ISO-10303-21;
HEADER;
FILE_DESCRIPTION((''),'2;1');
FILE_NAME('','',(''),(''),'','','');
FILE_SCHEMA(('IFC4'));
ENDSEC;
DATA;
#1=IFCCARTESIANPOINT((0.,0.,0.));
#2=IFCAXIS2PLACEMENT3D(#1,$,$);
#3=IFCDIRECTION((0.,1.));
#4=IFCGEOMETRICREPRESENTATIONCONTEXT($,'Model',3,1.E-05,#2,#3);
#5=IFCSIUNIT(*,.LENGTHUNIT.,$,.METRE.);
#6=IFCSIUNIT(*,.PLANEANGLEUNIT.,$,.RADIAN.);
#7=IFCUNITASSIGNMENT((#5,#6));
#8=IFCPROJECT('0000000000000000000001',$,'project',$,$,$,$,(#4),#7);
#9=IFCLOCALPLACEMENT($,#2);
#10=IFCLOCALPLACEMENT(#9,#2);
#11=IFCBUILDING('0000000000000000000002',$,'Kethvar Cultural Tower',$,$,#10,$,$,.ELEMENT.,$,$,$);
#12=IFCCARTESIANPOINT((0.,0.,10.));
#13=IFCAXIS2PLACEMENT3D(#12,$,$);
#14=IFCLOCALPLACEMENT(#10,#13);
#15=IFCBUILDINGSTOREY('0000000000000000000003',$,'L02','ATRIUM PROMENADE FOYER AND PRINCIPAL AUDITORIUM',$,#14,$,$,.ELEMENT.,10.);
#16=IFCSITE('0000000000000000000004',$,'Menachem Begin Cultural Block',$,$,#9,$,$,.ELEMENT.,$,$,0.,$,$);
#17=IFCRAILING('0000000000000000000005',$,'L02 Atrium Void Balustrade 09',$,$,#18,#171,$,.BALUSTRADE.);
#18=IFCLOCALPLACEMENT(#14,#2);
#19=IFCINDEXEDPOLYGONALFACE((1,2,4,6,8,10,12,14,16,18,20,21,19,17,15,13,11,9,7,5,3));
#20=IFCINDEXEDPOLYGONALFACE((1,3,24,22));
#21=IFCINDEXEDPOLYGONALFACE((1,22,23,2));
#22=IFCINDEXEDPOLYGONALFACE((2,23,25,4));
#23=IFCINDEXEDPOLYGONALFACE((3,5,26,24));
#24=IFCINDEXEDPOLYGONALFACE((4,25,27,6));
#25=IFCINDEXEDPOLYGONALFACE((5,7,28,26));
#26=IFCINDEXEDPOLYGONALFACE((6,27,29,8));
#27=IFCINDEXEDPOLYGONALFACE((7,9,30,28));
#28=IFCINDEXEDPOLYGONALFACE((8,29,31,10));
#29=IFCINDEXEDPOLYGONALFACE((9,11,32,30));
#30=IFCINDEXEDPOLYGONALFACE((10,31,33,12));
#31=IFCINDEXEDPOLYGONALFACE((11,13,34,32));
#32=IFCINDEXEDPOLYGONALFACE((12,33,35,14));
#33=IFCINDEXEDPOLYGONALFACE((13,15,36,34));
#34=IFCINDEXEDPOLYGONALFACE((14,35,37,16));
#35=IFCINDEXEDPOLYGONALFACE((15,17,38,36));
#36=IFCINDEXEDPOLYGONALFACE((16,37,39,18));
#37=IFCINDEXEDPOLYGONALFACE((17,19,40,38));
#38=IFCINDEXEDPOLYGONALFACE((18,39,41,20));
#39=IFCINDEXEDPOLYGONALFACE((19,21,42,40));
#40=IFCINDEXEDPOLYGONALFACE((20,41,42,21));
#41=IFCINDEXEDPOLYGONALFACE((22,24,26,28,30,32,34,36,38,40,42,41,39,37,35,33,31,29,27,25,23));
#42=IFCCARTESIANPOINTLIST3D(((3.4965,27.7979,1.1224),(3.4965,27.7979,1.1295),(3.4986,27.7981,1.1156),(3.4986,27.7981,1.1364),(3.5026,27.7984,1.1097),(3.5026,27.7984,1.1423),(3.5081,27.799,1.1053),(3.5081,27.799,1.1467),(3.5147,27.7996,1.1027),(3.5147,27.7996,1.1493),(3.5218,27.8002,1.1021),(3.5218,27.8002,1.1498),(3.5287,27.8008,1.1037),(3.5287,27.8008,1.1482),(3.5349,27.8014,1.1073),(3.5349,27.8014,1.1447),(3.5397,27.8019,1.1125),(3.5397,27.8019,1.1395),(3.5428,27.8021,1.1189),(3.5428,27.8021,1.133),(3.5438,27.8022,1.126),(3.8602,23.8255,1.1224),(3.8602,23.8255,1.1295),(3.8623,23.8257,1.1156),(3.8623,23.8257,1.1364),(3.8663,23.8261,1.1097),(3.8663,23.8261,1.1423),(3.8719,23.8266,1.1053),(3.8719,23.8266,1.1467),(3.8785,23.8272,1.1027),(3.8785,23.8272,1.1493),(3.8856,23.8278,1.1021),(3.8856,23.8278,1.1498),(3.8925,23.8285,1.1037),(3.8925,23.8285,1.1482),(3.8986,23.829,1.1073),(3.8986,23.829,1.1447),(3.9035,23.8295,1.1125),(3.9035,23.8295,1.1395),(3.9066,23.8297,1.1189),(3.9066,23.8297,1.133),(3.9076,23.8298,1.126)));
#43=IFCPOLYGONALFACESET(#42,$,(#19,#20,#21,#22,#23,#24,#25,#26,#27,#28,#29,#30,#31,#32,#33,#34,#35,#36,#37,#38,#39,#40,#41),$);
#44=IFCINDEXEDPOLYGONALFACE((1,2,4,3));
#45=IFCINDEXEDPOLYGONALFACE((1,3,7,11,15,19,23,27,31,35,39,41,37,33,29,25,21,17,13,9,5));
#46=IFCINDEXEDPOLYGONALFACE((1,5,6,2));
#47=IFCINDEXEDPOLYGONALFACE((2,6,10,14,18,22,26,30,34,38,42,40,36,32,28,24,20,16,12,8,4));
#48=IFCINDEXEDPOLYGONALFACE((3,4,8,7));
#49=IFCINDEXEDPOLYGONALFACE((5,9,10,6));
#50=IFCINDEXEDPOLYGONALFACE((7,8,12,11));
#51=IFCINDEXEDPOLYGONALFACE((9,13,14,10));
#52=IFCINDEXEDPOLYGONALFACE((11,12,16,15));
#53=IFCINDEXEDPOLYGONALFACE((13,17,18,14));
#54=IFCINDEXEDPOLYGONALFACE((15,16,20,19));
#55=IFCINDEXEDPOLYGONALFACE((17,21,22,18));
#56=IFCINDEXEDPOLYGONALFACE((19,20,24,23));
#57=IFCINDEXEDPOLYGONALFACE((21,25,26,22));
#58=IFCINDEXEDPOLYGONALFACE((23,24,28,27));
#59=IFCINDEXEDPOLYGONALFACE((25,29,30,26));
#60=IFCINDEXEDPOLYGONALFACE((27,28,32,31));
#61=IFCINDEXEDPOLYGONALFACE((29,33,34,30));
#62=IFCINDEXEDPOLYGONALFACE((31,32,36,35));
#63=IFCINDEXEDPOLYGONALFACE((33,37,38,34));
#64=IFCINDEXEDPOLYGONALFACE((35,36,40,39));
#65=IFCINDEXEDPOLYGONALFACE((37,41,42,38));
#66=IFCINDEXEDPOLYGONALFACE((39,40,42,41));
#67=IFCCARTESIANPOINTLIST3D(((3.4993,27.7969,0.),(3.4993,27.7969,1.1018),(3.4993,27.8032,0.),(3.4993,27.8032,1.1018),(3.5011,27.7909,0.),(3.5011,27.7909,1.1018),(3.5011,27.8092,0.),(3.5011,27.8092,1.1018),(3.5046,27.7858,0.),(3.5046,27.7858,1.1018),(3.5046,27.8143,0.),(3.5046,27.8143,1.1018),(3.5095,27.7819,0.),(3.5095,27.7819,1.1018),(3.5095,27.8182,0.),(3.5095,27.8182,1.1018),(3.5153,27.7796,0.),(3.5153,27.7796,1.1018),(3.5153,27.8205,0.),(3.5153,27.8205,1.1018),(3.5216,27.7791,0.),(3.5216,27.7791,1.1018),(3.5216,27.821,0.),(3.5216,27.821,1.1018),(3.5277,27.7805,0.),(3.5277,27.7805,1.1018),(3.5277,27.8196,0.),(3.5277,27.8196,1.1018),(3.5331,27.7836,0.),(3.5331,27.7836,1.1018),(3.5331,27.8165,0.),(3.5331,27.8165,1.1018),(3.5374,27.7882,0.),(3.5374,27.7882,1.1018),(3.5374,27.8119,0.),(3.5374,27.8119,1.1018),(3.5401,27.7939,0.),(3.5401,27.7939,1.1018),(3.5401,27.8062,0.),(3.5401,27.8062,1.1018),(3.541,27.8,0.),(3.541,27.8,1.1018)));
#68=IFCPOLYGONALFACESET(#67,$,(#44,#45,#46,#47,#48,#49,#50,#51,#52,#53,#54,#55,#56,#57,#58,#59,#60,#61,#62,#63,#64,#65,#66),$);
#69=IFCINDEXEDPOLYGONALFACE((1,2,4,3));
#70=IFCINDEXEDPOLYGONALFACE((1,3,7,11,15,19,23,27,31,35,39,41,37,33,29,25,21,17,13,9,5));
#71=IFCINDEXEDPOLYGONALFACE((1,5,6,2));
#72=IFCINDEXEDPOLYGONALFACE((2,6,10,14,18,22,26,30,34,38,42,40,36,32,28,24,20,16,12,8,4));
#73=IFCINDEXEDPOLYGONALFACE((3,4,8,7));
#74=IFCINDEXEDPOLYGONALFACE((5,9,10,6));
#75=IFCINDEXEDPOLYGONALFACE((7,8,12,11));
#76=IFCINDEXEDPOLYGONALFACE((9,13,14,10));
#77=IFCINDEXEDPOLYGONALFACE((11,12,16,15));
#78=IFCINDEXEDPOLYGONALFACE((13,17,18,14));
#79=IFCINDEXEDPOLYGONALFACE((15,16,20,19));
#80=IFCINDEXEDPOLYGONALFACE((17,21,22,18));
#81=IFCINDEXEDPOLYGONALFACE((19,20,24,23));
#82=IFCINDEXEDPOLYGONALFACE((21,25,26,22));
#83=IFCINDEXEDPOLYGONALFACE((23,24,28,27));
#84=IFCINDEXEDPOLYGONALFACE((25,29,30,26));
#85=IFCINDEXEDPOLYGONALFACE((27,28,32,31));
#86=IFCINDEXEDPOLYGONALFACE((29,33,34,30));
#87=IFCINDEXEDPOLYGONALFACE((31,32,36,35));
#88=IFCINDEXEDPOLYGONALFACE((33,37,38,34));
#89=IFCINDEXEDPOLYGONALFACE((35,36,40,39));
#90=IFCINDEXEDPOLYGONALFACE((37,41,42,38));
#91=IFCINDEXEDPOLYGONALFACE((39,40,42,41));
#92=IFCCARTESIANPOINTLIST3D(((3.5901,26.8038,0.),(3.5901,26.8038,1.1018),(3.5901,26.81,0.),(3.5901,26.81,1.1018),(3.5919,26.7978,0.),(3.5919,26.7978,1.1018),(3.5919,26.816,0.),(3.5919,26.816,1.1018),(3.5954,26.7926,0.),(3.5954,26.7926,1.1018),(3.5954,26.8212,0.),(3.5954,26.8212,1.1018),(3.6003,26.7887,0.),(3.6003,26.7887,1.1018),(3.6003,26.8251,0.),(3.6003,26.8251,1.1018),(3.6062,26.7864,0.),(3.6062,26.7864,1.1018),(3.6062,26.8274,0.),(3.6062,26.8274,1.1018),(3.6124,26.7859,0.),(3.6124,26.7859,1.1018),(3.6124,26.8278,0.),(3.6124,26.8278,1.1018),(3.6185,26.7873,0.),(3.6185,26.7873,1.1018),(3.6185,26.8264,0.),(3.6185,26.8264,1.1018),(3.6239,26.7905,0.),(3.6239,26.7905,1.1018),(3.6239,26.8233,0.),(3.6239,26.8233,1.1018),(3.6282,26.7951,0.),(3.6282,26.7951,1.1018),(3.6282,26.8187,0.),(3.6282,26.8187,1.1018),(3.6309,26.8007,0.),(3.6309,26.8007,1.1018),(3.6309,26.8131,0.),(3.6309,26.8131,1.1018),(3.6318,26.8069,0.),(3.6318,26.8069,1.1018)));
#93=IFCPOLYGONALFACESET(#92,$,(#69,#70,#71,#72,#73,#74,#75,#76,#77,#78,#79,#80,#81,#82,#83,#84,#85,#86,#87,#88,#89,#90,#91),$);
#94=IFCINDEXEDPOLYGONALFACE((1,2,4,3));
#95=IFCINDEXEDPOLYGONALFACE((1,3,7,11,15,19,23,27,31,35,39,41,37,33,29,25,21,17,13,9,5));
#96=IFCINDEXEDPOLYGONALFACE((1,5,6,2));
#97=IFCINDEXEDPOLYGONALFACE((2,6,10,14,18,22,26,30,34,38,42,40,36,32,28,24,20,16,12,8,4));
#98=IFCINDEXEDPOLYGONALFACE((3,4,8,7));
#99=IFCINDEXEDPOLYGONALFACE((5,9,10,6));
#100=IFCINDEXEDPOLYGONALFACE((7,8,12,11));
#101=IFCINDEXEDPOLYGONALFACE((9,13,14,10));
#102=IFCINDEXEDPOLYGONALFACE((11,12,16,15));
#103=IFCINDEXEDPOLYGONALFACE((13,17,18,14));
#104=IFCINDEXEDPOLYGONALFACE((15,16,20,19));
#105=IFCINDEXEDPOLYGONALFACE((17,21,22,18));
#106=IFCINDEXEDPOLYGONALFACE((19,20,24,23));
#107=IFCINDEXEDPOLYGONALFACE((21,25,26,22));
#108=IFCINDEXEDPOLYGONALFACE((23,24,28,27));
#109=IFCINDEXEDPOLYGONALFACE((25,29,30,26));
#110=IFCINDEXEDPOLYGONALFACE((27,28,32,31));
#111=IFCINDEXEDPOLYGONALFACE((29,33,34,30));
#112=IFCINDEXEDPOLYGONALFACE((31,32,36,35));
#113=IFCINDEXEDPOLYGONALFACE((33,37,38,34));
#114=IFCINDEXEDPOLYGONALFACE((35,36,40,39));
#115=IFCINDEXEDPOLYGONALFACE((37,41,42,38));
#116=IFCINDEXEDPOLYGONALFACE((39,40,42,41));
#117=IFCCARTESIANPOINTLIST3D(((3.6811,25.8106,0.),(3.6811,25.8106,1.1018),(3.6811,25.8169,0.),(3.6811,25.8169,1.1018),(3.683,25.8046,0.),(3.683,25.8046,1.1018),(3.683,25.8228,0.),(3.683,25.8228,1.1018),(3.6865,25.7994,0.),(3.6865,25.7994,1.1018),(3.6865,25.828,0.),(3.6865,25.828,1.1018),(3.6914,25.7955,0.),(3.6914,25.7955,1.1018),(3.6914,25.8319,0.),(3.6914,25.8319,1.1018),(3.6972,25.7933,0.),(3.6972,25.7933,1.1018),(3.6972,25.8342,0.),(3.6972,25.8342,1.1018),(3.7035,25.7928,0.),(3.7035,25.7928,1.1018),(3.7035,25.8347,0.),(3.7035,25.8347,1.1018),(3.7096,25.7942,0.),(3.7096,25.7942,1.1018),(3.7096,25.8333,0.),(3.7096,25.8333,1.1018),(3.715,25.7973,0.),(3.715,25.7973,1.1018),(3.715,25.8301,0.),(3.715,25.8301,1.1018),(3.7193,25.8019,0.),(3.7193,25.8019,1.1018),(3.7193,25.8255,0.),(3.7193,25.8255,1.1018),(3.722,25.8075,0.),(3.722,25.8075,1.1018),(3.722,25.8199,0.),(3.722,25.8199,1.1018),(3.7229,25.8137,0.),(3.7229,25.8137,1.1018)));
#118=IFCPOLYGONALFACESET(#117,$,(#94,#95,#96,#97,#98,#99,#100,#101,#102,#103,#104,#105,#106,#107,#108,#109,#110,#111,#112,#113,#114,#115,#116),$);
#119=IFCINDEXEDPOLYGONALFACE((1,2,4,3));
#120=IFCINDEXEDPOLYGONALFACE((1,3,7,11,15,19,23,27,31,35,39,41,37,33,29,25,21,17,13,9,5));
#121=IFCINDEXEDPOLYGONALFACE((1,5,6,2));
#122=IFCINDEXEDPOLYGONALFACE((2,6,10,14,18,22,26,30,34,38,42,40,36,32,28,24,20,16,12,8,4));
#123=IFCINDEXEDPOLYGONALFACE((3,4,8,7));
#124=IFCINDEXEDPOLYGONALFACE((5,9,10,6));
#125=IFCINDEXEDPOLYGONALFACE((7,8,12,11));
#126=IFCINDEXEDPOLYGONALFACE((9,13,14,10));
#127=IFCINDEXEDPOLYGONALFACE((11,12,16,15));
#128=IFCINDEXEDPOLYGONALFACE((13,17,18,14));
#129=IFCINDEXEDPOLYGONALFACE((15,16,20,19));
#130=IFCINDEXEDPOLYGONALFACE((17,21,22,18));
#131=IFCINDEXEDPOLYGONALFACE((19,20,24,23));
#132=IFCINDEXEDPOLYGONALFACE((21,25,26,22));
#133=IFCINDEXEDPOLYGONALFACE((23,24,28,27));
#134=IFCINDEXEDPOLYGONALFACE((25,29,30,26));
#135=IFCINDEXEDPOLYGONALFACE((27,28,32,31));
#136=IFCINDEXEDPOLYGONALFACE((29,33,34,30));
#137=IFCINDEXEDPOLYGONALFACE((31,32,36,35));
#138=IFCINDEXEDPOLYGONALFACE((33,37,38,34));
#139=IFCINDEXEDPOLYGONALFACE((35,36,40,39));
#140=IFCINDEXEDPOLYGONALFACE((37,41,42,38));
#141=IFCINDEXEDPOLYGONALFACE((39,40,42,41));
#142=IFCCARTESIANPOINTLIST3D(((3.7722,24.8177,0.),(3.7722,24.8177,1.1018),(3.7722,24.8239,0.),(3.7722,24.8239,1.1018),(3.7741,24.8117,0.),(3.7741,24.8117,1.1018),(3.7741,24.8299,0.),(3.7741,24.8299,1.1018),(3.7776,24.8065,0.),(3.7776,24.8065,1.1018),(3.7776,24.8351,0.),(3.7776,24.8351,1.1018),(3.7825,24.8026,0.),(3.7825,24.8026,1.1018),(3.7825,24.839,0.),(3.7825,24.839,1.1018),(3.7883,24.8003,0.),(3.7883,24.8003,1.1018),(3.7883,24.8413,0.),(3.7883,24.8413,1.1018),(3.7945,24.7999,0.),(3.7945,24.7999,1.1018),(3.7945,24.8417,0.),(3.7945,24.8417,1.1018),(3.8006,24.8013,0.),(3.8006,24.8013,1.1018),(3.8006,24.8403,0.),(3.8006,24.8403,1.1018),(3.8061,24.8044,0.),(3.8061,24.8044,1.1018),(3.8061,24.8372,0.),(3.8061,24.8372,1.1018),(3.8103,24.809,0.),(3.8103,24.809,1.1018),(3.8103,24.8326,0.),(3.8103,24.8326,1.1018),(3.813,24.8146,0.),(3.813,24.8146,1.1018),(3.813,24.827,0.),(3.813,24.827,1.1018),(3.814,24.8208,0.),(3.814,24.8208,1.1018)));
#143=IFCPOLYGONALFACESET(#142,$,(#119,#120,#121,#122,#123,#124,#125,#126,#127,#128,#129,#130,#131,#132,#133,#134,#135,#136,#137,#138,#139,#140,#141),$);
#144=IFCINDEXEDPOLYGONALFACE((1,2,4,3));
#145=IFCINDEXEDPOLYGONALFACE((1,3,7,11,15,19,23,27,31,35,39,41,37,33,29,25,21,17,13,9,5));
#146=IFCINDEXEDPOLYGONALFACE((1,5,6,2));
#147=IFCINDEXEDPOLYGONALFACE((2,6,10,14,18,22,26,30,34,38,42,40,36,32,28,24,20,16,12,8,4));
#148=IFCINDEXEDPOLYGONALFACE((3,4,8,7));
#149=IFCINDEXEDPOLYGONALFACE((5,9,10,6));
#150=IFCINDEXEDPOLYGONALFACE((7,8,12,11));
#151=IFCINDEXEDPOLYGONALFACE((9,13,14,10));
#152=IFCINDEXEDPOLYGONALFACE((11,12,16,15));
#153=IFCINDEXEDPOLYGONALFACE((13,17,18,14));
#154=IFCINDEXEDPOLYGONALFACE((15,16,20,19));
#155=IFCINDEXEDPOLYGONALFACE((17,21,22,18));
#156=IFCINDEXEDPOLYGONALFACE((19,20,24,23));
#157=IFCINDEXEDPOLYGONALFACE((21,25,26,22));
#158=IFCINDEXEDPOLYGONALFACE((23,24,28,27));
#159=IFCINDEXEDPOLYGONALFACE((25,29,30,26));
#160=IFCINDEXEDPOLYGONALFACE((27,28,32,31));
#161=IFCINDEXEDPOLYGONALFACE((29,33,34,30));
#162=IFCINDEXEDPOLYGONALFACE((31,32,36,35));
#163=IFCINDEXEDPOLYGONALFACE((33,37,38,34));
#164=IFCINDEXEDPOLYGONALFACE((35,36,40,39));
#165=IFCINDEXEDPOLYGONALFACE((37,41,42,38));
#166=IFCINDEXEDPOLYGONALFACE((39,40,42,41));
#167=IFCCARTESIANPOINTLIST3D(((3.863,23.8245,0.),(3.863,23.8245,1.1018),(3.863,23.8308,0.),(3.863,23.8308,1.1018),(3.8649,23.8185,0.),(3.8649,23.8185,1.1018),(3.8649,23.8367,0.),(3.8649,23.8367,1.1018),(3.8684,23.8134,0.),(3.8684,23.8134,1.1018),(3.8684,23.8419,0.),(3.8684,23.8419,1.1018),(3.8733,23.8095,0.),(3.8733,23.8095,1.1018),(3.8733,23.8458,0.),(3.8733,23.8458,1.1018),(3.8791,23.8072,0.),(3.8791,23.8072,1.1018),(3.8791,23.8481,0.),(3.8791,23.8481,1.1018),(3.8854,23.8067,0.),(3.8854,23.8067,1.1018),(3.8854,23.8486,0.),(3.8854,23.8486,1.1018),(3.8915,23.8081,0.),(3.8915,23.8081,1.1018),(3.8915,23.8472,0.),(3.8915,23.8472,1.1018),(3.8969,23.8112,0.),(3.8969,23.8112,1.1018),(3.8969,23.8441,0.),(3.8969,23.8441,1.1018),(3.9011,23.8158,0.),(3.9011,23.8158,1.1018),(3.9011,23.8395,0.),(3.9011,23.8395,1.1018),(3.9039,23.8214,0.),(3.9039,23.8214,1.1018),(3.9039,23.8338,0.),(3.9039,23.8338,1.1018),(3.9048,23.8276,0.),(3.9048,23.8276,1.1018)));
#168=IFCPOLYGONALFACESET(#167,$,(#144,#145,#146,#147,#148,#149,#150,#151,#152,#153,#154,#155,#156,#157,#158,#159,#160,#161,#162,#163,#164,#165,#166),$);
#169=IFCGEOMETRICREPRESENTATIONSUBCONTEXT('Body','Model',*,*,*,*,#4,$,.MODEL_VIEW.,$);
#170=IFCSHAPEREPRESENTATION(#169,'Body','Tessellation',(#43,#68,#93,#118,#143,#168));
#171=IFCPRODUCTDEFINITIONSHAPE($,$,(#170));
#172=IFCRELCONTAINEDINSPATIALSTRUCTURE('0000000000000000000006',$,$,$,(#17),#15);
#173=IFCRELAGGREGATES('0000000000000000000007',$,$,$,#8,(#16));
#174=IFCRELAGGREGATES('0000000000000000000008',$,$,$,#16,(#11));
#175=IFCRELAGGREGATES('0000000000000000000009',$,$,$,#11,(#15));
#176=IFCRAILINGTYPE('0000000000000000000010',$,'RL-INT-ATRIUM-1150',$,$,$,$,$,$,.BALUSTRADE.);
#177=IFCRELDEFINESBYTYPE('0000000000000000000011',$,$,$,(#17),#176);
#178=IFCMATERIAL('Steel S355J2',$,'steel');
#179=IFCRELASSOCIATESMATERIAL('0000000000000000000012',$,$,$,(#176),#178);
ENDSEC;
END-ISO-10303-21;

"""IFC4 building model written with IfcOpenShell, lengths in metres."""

from ifc_helpers import new_model, si_unit, direction, frame, origin, origin_2d, place, context, subcontext, project, spatial, circle, extrude, material, type_object, element, save


model = new_model("IFC4")

# Units and contexts
model_context = context("Model", 3, precision=1e-05, world=origin(), true_north=direction((0.0, 1.0)))
body_context = subcontext(model_context, "Body", "Model", "MODEL_VIEW")
ifc_project = project(units=[si_unit("LENGTHUNIT", "METRE"), si_unit("PLANEANGLEUNIT", "RADIAN")], contexts=[model_context])

# Site, building, storey
site_placement = place(None, origin())
site = spatial("IfcSite", under=ifc_project, at=site_placement, Name="Menachem Begin Cultural Block", CompositionType="ELEMENT", RefElevation=0.0)
building_placement = place(site_placement, origin())
building = spatial("IfcBuilding", under=site, at=building_placement, Name="Kethvar Cultural Tower", CompositionType="ELEMENT")
storey_placement = place(building_placement, frame((0.0, 0.0, 10.0)))
storey = spatial("IfcBuildingStorey", under=building, at=storey_placement, Name="L02", Description="ATRIUM PROMENADE FOYER AND PRINCIPAL AUDITORIUM", CompositionType="ELEMENT", Elevation=10.0)

# Shared definitions
ifc_material_1 = material(Name="Steel S355J2", Category="steel")

# Railing
railing_type = type_object("IfcRailingType", Name="RL-INT-ATRIUM-1150", PredefinedType="BALUSTRADE", material=ifc_material_1)
railing_1_placement = place(storey_placement, frame((3.52, 27.8, 0.0)))
element("IfcRailing", 1, at=railing_1_placement, inside=storey, type_object=railing_type, Name="L02 Atrium Void Balustrade 09", PredefinedType="BALUSTRADE", context=body_context, shape_type="SweptSolid", body=[
    extrude(circle(Radius=0.0239, at=origin_2d()), frame((0.0, 0.0, 1.126), z_axis=(0.091192, -0.995833, 0.0), x_axis=(0.995833, 0.091192, 0.0)), (0.0, 0.0, 1.0), 3.989),
    extrude(circle(Radius=0.021, at=origin_2d()), origin(), (0.0, 0.0, 1.0), 1.1018),
    extrude(circle(Radius=0.021, at=origin_2d()), frame((0.0908, -0.9932, 0.0)), (0.0, 0.0, 1.0), 1.1018),
    extrude(circle(Radius=0.021, at=origin_2d()), frame((0.1819, -1.9863, 0.0)), (0.0, 0.0, 1.0), 1.1018),
    extrude(circle(Radius=0.021, at=origin_2d()), frame((0.2729, -2.9792, 0.0)), (0.0, 0.0, 1.0), 1.1018),
    extrude(circle(Radius=0.021, at=origin_2d()), frame((0.3638, -3.9724, 0.0)), (0.0, 0.0, 1.0), 1.1018),
])

save(model, "model.ifc")
